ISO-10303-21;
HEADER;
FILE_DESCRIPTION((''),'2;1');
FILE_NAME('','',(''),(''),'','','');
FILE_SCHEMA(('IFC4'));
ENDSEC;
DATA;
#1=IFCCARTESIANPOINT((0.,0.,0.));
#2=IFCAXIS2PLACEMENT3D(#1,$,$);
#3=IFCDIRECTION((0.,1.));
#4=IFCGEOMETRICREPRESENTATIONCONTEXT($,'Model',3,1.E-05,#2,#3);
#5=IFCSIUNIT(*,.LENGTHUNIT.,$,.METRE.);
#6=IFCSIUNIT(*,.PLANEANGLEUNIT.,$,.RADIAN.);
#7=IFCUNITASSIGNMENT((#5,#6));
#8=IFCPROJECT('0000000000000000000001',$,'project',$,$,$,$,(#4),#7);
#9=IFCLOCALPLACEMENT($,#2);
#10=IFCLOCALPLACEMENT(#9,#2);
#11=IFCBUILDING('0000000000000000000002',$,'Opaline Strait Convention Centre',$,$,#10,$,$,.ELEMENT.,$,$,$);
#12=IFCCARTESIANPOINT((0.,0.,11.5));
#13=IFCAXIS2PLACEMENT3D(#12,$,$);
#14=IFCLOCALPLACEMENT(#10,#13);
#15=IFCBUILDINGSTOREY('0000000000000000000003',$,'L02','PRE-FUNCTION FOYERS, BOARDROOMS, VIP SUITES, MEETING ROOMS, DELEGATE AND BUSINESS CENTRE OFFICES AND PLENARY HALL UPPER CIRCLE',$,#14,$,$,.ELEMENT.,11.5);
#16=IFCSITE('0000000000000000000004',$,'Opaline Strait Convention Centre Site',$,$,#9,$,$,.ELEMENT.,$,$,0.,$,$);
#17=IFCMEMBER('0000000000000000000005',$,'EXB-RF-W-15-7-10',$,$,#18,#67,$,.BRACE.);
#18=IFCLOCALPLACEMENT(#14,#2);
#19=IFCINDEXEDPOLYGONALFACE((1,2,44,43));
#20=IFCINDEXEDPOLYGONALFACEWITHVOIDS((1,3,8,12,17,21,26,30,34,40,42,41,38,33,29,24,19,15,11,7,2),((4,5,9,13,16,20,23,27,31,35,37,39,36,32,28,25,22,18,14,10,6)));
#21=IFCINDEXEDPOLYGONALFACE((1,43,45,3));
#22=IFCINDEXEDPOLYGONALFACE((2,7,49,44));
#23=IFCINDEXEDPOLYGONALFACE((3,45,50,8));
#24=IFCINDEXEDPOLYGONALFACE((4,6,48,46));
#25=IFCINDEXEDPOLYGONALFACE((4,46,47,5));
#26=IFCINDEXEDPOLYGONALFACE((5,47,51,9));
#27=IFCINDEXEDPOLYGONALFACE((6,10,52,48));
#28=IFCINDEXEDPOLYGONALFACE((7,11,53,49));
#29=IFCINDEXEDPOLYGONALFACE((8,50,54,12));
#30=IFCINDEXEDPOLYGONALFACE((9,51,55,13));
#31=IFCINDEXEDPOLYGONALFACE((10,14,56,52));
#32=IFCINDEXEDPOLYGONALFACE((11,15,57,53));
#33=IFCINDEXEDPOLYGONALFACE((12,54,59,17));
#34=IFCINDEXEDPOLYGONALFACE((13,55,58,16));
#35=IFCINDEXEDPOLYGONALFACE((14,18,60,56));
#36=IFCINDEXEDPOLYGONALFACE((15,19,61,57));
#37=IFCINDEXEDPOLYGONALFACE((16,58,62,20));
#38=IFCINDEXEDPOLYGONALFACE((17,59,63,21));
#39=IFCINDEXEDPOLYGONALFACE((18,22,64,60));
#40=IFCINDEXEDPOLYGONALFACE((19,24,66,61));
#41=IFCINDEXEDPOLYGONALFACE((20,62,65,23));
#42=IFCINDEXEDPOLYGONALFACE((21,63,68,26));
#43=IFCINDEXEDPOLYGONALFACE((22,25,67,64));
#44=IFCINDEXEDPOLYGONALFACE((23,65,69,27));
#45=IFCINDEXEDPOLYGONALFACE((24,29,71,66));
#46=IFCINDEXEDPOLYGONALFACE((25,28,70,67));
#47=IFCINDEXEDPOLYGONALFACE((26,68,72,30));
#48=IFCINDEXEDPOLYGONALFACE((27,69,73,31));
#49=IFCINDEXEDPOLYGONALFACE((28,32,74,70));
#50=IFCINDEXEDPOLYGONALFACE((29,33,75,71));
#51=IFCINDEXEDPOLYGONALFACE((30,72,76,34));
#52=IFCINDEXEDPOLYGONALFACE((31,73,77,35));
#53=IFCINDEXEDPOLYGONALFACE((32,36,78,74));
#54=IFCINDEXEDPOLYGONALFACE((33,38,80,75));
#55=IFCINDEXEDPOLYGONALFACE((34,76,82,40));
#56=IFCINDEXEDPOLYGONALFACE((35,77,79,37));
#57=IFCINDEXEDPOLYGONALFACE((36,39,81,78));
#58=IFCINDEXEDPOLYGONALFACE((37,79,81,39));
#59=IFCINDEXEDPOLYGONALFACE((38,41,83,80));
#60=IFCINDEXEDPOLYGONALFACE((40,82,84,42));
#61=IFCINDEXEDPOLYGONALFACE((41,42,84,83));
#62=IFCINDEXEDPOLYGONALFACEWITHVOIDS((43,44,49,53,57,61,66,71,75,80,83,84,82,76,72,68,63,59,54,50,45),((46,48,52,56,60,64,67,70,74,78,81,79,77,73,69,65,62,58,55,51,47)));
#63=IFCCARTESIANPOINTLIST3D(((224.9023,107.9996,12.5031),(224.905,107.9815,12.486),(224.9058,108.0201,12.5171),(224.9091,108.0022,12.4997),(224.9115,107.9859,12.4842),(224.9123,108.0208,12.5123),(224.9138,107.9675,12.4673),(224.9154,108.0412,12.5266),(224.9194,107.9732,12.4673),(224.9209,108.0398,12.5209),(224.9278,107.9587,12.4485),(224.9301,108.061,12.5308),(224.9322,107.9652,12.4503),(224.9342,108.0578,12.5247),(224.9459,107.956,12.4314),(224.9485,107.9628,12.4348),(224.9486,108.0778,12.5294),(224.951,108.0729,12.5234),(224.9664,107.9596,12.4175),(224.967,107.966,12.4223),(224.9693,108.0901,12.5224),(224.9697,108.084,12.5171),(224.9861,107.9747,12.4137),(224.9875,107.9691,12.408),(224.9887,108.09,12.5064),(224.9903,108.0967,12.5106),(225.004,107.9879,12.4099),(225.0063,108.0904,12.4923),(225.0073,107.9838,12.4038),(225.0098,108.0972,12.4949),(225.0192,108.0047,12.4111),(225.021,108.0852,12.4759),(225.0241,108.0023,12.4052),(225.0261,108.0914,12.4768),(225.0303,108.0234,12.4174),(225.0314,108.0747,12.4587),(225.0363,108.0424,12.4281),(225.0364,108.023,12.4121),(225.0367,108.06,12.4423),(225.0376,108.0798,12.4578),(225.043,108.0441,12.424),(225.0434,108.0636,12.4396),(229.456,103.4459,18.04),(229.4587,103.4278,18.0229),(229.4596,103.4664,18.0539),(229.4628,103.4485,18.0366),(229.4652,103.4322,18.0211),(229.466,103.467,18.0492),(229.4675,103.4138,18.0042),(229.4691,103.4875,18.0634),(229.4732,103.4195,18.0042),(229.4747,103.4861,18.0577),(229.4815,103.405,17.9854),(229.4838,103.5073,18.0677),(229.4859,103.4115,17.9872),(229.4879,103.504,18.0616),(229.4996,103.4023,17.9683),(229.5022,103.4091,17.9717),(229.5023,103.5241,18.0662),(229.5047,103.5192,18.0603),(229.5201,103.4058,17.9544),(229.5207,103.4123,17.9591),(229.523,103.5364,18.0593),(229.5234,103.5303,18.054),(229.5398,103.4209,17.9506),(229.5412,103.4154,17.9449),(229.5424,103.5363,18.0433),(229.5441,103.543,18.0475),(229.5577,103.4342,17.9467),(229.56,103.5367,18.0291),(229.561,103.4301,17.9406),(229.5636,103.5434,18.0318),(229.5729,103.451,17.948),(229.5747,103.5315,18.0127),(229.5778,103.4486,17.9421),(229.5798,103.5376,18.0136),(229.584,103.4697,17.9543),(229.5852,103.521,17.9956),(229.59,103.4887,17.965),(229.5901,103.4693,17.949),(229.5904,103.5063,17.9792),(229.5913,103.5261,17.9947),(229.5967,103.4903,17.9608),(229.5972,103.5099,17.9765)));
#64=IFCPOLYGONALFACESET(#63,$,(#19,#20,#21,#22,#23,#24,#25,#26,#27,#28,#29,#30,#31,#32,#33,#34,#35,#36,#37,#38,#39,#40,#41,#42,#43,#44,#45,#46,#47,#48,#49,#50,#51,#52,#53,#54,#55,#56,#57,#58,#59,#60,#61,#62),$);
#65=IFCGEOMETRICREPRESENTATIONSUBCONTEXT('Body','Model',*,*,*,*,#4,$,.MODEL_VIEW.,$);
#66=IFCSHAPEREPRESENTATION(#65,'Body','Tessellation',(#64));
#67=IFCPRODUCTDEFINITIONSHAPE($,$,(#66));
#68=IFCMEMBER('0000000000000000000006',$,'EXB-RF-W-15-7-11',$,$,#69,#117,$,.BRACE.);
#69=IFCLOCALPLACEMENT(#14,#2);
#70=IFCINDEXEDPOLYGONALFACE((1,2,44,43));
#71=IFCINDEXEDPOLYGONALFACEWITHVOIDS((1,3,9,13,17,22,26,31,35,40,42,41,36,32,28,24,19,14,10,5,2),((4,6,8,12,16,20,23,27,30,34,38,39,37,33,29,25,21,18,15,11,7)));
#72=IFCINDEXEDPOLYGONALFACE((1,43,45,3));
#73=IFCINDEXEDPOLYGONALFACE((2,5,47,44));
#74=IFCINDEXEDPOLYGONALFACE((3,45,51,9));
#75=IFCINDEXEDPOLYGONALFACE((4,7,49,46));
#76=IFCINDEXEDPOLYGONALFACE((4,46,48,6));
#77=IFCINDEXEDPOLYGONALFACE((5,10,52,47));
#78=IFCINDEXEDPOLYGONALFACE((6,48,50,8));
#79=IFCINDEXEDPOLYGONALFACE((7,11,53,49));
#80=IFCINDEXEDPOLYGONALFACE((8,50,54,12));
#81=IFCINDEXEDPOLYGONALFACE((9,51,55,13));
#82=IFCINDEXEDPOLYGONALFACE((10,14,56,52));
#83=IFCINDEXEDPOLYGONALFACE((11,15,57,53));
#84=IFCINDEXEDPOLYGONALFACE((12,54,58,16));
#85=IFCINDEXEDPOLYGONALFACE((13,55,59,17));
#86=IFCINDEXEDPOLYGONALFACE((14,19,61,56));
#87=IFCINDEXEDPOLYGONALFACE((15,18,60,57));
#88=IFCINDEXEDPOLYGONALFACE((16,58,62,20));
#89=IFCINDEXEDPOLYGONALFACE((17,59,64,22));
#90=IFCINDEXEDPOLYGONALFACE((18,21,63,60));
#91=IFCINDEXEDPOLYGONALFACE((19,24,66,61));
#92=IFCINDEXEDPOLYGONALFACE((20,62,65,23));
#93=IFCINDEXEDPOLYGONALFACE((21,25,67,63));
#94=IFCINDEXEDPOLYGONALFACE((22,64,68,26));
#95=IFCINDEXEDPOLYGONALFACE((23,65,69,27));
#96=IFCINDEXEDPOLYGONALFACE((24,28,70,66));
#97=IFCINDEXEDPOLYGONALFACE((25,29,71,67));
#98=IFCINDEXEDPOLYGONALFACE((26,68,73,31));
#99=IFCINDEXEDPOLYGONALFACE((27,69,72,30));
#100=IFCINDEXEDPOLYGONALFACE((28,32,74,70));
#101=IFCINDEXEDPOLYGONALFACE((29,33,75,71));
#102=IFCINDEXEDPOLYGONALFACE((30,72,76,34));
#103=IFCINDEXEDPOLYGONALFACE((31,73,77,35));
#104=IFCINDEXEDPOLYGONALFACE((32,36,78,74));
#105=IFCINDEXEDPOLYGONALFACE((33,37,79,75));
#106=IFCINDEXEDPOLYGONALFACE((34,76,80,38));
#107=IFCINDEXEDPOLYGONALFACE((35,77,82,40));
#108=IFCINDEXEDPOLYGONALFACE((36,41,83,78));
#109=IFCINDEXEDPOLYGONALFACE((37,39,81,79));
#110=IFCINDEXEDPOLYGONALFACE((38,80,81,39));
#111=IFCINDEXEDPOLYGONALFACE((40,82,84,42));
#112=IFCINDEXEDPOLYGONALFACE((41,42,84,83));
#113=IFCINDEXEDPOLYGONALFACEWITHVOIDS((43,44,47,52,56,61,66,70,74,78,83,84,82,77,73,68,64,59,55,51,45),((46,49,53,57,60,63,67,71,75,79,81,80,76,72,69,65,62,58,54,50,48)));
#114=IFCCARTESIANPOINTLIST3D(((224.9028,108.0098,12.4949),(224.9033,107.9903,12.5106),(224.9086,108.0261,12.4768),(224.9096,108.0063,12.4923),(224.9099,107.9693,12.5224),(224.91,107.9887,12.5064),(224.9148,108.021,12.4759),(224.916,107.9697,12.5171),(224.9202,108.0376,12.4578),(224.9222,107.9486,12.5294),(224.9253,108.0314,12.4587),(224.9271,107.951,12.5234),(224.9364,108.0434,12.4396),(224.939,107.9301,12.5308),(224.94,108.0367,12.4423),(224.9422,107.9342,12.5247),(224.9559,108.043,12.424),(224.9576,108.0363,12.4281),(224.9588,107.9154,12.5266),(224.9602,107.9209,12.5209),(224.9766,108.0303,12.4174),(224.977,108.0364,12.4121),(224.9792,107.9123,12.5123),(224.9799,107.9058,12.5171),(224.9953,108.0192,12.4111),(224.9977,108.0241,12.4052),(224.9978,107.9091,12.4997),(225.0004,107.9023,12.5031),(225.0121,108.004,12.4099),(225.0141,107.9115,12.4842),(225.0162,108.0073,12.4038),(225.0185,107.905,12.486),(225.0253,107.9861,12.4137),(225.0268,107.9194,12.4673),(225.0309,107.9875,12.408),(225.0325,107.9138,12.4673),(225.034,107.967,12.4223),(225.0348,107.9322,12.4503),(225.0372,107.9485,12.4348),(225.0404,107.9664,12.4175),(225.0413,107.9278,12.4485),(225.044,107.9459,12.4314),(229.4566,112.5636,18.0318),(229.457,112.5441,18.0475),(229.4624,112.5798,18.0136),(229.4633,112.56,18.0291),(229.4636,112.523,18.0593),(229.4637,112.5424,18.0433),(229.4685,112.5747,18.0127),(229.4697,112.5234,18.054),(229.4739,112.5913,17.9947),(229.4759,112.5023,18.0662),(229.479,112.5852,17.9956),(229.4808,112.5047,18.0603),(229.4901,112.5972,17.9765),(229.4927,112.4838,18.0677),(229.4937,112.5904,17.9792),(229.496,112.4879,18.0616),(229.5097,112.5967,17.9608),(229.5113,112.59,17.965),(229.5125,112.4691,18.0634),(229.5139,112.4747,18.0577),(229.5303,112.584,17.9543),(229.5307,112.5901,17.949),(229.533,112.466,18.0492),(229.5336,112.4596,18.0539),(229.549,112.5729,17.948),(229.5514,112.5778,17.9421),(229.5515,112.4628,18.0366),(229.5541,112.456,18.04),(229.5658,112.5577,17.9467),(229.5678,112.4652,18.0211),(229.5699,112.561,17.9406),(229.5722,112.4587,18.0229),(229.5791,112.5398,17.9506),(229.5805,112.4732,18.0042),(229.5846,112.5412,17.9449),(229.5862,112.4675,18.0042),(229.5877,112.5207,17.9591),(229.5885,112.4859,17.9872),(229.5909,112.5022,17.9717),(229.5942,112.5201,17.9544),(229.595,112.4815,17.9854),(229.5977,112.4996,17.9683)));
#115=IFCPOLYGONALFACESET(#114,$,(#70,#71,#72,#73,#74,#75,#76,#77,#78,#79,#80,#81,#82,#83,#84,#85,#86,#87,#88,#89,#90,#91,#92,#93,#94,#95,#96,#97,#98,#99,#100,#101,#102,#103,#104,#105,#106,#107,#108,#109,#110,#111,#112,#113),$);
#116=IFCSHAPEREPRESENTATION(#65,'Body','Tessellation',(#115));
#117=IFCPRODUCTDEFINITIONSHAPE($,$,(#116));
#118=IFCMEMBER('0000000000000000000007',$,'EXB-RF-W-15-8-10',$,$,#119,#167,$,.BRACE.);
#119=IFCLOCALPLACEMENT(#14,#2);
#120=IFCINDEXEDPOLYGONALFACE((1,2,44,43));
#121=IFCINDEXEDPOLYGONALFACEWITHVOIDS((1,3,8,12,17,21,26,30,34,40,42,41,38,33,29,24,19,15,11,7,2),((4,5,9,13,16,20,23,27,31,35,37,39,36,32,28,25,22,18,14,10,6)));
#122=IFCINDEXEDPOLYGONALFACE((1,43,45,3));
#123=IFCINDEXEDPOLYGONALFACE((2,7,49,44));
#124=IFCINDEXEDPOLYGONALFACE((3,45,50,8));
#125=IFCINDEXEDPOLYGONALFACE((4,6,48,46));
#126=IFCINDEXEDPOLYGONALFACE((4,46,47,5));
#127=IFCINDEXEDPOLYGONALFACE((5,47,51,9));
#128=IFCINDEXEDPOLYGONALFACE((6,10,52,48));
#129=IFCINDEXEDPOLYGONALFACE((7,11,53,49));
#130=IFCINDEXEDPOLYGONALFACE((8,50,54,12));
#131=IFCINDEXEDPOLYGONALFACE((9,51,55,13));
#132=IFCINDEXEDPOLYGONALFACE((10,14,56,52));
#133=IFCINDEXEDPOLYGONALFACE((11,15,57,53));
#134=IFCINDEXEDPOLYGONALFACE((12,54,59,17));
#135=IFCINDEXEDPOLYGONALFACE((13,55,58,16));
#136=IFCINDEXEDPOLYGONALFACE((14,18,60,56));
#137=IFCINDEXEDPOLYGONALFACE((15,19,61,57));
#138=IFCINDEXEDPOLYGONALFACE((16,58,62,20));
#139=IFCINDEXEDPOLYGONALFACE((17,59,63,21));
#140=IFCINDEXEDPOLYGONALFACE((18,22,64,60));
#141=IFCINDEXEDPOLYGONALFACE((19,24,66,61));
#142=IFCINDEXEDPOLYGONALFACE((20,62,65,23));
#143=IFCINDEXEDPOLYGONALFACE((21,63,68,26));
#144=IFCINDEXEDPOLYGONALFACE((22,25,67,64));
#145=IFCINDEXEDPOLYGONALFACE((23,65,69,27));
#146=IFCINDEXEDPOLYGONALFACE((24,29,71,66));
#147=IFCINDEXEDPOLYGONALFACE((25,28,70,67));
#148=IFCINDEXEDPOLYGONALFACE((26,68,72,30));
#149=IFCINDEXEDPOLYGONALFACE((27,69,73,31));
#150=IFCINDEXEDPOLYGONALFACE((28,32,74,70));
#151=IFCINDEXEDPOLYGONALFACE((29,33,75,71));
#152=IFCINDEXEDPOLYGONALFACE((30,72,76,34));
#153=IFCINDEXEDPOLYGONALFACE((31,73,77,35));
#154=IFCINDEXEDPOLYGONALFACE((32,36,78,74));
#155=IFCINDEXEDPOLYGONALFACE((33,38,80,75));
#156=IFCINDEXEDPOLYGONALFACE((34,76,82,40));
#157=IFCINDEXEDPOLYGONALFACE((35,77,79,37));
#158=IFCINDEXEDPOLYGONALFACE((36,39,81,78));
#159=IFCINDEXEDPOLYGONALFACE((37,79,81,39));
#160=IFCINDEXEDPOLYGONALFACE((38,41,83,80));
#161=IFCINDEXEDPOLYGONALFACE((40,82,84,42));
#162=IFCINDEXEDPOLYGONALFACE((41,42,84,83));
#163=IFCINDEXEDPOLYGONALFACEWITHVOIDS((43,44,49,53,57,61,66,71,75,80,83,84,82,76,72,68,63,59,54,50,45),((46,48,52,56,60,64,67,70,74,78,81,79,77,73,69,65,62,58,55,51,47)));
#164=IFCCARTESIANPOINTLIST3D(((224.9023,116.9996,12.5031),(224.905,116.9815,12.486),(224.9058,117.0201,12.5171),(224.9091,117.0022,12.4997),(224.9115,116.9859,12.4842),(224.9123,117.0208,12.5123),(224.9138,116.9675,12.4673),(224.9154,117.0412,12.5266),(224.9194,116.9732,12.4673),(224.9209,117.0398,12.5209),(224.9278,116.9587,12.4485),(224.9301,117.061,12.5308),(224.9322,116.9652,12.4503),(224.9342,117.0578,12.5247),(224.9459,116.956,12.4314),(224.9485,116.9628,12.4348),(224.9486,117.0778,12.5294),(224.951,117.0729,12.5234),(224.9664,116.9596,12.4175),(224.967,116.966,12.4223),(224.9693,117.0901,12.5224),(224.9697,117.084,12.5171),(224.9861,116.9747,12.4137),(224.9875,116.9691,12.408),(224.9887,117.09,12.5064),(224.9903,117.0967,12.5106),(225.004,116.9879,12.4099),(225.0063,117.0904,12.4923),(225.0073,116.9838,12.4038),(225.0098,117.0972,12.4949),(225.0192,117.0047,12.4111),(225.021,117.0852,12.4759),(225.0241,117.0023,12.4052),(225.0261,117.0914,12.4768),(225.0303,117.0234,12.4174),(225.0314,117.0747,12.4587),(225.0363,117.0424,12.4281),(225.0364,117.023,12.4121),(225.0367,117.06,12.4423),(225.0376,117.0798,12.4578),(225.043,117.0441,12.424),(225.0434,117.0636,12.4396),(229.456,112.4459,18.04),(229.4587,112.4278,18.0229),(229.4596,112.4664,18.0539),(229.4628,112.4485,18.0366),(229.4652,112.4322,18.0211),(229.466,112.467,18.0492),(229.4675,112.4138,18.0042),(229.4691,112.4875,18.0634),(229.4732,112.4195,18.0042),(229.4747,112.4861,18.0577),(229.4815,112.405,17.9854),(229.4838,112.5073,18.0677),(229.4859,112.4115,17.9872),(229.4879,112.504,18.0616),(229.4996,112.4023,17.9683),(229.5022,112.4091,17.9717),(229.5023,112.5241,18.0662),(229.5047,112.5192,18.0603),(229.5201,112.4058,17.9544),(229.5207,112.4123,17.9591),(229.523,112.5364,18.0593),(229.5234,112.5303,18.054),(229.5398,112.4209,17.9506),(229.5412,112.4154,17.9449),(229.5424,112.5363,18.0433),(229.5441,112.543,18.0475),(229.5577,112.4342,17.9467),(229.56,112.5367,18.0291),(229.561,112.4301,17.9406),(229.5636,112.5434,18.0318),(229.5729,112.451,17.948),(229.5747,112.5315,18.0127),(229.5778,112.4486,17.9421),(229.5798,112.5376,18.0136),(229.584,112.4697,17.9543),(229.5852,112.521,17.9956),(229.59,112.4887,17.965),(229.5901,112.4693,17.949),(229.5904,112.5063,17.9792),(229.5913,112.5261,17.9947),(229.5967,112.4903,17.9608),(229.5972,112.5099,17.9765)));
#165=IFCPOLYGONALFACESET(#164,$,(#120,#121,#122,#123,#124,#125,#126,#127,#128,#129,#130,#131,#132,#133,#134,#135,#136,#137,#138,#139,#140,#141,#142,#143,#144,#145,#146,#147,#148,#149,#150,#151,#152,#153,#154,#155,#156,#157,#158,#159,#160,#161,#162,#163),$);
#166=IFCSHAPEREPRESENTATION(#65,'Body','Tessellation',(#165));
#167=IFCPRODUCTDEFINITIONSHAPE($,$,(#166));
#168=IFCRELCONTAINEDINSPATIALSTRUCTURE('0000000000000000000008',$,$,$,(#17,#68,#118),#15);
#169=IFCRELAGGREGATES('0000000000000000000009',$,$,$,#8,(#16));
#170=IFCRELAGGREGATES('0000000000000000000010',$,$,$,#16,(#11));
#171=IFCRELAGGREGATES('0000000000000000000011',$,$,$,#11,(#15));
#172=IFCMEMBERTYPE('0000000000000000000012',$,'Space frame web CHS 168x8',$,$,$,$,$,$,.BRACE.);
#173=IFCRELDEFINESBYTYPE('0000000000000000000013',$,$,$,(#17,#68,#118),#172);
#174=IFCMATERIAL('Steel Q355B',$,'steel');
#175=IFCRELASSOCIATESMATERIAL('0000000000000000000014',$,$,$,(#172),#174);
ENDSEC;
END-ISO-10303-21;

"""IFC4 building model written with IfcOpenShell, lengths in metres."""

from ifc_helpers import new_model, si_unit, direction, frame, origin, origin_2d, place, context, subcontext, project, spatial, hollow_circle, extrude, material, material_profile, profile_set, type_object, element, save


model = new_model("IFC4")

# Units and contexts
model_context = context("Model", 3, precision=1e-05, world=origin(), true_north=direction((0.0, 1.0)))
body_context = subcontext(model_context, "Body", "Model", "MODEL_VIEW")
ifc_project = project(units=[si_unit("LENGTHUNIT", "METRE"), si_unit("PLANEANGLEUNIT", "RADIAN")], contexts=[model_context])

# Site, building, storey
site_placement = place(None, origin())
site = spatial("IfcSite", under=ifc_project, at=site_placement, Name="Opaline Strait Convention Centre Site", CompositionType="ELEMENT", RefElevation=0.0)
building_placement = place(site_placement, origin())
building = spatial("IfcBuilding", under=site, at=building_placement, Name="Opaline Strait Convention Centre", CompositionType="ELEMENT")
storey_placement = place(building_placement, frame((0.0, 0.0, 11.5)))
storey = spatial("IfcBuildingStorey", under=building, at=storey_placement, Name="L02", Description="PRE-FUNCTION FOYERS, BOARDROOMS, VIP SUITES, MEETING ROOMS, DELEGATE AND BUSINESS CENTRE OFFICES AND PLENARY HALL UPPER CIRCLE", CompositionType="ELEMENT", Elevation=11.5)

# Members
ifc_material = material(Name="Steel Q355B", Category="steel")
ifc_material_profile_1 = material_profile(ifc_material, hollow_circle(Radius=0.084, WallThickness=0.0081, at=origin_2d()), Name="CHS 168x8")
ifc_profile_set_1 = profile_set([ifc_material_profile_1], Name="Steel Q355B")
member_type_1 = type_object("IfcMemberType", Name="Space frame web CHS 168x8", PredefinedType="BRACE", material=ifc_profile_set_1)
for number, where, z_axis, x_axis, name in (
    (1, (229.5269, 103.4731, 18.0042), (-0.536178, 0.536178, -0.65194), (-0.707107, -0.707107, 0.0), "EXB-RF-W-15-7-10"),
    (2, (229.5269, 112.5269, 18.0042), (-0.536178, -0.536178, -0.65194), (0.707107, -0.707107, 0.0), "EXB-RF-W-15-7-11"),
    (3, (229.5269, 112.4731, 18.0042), (-0.536178, 0.536178, -0.65194), (-0.707107, -0.707107, 0.0), "EXB-RF-W-15-8-10"),
):
    element("IfcMember", number, at=place(storey_placement, frame(where, z_axis=z_axis, x_axis=x_axis)), inside=storey, type_object=member_type_1, Name=name, PredefinedType="BRACE", context=body_context, shape_type="SweptSolid", body=[
        extrude(hollow_circle(Radius=0.084, WallThickness=0.0081, at=origin_2d()), origin(), (0.0, 0.0, 1.0), 8.4929),
    ])

save(model, "model.ifc")
